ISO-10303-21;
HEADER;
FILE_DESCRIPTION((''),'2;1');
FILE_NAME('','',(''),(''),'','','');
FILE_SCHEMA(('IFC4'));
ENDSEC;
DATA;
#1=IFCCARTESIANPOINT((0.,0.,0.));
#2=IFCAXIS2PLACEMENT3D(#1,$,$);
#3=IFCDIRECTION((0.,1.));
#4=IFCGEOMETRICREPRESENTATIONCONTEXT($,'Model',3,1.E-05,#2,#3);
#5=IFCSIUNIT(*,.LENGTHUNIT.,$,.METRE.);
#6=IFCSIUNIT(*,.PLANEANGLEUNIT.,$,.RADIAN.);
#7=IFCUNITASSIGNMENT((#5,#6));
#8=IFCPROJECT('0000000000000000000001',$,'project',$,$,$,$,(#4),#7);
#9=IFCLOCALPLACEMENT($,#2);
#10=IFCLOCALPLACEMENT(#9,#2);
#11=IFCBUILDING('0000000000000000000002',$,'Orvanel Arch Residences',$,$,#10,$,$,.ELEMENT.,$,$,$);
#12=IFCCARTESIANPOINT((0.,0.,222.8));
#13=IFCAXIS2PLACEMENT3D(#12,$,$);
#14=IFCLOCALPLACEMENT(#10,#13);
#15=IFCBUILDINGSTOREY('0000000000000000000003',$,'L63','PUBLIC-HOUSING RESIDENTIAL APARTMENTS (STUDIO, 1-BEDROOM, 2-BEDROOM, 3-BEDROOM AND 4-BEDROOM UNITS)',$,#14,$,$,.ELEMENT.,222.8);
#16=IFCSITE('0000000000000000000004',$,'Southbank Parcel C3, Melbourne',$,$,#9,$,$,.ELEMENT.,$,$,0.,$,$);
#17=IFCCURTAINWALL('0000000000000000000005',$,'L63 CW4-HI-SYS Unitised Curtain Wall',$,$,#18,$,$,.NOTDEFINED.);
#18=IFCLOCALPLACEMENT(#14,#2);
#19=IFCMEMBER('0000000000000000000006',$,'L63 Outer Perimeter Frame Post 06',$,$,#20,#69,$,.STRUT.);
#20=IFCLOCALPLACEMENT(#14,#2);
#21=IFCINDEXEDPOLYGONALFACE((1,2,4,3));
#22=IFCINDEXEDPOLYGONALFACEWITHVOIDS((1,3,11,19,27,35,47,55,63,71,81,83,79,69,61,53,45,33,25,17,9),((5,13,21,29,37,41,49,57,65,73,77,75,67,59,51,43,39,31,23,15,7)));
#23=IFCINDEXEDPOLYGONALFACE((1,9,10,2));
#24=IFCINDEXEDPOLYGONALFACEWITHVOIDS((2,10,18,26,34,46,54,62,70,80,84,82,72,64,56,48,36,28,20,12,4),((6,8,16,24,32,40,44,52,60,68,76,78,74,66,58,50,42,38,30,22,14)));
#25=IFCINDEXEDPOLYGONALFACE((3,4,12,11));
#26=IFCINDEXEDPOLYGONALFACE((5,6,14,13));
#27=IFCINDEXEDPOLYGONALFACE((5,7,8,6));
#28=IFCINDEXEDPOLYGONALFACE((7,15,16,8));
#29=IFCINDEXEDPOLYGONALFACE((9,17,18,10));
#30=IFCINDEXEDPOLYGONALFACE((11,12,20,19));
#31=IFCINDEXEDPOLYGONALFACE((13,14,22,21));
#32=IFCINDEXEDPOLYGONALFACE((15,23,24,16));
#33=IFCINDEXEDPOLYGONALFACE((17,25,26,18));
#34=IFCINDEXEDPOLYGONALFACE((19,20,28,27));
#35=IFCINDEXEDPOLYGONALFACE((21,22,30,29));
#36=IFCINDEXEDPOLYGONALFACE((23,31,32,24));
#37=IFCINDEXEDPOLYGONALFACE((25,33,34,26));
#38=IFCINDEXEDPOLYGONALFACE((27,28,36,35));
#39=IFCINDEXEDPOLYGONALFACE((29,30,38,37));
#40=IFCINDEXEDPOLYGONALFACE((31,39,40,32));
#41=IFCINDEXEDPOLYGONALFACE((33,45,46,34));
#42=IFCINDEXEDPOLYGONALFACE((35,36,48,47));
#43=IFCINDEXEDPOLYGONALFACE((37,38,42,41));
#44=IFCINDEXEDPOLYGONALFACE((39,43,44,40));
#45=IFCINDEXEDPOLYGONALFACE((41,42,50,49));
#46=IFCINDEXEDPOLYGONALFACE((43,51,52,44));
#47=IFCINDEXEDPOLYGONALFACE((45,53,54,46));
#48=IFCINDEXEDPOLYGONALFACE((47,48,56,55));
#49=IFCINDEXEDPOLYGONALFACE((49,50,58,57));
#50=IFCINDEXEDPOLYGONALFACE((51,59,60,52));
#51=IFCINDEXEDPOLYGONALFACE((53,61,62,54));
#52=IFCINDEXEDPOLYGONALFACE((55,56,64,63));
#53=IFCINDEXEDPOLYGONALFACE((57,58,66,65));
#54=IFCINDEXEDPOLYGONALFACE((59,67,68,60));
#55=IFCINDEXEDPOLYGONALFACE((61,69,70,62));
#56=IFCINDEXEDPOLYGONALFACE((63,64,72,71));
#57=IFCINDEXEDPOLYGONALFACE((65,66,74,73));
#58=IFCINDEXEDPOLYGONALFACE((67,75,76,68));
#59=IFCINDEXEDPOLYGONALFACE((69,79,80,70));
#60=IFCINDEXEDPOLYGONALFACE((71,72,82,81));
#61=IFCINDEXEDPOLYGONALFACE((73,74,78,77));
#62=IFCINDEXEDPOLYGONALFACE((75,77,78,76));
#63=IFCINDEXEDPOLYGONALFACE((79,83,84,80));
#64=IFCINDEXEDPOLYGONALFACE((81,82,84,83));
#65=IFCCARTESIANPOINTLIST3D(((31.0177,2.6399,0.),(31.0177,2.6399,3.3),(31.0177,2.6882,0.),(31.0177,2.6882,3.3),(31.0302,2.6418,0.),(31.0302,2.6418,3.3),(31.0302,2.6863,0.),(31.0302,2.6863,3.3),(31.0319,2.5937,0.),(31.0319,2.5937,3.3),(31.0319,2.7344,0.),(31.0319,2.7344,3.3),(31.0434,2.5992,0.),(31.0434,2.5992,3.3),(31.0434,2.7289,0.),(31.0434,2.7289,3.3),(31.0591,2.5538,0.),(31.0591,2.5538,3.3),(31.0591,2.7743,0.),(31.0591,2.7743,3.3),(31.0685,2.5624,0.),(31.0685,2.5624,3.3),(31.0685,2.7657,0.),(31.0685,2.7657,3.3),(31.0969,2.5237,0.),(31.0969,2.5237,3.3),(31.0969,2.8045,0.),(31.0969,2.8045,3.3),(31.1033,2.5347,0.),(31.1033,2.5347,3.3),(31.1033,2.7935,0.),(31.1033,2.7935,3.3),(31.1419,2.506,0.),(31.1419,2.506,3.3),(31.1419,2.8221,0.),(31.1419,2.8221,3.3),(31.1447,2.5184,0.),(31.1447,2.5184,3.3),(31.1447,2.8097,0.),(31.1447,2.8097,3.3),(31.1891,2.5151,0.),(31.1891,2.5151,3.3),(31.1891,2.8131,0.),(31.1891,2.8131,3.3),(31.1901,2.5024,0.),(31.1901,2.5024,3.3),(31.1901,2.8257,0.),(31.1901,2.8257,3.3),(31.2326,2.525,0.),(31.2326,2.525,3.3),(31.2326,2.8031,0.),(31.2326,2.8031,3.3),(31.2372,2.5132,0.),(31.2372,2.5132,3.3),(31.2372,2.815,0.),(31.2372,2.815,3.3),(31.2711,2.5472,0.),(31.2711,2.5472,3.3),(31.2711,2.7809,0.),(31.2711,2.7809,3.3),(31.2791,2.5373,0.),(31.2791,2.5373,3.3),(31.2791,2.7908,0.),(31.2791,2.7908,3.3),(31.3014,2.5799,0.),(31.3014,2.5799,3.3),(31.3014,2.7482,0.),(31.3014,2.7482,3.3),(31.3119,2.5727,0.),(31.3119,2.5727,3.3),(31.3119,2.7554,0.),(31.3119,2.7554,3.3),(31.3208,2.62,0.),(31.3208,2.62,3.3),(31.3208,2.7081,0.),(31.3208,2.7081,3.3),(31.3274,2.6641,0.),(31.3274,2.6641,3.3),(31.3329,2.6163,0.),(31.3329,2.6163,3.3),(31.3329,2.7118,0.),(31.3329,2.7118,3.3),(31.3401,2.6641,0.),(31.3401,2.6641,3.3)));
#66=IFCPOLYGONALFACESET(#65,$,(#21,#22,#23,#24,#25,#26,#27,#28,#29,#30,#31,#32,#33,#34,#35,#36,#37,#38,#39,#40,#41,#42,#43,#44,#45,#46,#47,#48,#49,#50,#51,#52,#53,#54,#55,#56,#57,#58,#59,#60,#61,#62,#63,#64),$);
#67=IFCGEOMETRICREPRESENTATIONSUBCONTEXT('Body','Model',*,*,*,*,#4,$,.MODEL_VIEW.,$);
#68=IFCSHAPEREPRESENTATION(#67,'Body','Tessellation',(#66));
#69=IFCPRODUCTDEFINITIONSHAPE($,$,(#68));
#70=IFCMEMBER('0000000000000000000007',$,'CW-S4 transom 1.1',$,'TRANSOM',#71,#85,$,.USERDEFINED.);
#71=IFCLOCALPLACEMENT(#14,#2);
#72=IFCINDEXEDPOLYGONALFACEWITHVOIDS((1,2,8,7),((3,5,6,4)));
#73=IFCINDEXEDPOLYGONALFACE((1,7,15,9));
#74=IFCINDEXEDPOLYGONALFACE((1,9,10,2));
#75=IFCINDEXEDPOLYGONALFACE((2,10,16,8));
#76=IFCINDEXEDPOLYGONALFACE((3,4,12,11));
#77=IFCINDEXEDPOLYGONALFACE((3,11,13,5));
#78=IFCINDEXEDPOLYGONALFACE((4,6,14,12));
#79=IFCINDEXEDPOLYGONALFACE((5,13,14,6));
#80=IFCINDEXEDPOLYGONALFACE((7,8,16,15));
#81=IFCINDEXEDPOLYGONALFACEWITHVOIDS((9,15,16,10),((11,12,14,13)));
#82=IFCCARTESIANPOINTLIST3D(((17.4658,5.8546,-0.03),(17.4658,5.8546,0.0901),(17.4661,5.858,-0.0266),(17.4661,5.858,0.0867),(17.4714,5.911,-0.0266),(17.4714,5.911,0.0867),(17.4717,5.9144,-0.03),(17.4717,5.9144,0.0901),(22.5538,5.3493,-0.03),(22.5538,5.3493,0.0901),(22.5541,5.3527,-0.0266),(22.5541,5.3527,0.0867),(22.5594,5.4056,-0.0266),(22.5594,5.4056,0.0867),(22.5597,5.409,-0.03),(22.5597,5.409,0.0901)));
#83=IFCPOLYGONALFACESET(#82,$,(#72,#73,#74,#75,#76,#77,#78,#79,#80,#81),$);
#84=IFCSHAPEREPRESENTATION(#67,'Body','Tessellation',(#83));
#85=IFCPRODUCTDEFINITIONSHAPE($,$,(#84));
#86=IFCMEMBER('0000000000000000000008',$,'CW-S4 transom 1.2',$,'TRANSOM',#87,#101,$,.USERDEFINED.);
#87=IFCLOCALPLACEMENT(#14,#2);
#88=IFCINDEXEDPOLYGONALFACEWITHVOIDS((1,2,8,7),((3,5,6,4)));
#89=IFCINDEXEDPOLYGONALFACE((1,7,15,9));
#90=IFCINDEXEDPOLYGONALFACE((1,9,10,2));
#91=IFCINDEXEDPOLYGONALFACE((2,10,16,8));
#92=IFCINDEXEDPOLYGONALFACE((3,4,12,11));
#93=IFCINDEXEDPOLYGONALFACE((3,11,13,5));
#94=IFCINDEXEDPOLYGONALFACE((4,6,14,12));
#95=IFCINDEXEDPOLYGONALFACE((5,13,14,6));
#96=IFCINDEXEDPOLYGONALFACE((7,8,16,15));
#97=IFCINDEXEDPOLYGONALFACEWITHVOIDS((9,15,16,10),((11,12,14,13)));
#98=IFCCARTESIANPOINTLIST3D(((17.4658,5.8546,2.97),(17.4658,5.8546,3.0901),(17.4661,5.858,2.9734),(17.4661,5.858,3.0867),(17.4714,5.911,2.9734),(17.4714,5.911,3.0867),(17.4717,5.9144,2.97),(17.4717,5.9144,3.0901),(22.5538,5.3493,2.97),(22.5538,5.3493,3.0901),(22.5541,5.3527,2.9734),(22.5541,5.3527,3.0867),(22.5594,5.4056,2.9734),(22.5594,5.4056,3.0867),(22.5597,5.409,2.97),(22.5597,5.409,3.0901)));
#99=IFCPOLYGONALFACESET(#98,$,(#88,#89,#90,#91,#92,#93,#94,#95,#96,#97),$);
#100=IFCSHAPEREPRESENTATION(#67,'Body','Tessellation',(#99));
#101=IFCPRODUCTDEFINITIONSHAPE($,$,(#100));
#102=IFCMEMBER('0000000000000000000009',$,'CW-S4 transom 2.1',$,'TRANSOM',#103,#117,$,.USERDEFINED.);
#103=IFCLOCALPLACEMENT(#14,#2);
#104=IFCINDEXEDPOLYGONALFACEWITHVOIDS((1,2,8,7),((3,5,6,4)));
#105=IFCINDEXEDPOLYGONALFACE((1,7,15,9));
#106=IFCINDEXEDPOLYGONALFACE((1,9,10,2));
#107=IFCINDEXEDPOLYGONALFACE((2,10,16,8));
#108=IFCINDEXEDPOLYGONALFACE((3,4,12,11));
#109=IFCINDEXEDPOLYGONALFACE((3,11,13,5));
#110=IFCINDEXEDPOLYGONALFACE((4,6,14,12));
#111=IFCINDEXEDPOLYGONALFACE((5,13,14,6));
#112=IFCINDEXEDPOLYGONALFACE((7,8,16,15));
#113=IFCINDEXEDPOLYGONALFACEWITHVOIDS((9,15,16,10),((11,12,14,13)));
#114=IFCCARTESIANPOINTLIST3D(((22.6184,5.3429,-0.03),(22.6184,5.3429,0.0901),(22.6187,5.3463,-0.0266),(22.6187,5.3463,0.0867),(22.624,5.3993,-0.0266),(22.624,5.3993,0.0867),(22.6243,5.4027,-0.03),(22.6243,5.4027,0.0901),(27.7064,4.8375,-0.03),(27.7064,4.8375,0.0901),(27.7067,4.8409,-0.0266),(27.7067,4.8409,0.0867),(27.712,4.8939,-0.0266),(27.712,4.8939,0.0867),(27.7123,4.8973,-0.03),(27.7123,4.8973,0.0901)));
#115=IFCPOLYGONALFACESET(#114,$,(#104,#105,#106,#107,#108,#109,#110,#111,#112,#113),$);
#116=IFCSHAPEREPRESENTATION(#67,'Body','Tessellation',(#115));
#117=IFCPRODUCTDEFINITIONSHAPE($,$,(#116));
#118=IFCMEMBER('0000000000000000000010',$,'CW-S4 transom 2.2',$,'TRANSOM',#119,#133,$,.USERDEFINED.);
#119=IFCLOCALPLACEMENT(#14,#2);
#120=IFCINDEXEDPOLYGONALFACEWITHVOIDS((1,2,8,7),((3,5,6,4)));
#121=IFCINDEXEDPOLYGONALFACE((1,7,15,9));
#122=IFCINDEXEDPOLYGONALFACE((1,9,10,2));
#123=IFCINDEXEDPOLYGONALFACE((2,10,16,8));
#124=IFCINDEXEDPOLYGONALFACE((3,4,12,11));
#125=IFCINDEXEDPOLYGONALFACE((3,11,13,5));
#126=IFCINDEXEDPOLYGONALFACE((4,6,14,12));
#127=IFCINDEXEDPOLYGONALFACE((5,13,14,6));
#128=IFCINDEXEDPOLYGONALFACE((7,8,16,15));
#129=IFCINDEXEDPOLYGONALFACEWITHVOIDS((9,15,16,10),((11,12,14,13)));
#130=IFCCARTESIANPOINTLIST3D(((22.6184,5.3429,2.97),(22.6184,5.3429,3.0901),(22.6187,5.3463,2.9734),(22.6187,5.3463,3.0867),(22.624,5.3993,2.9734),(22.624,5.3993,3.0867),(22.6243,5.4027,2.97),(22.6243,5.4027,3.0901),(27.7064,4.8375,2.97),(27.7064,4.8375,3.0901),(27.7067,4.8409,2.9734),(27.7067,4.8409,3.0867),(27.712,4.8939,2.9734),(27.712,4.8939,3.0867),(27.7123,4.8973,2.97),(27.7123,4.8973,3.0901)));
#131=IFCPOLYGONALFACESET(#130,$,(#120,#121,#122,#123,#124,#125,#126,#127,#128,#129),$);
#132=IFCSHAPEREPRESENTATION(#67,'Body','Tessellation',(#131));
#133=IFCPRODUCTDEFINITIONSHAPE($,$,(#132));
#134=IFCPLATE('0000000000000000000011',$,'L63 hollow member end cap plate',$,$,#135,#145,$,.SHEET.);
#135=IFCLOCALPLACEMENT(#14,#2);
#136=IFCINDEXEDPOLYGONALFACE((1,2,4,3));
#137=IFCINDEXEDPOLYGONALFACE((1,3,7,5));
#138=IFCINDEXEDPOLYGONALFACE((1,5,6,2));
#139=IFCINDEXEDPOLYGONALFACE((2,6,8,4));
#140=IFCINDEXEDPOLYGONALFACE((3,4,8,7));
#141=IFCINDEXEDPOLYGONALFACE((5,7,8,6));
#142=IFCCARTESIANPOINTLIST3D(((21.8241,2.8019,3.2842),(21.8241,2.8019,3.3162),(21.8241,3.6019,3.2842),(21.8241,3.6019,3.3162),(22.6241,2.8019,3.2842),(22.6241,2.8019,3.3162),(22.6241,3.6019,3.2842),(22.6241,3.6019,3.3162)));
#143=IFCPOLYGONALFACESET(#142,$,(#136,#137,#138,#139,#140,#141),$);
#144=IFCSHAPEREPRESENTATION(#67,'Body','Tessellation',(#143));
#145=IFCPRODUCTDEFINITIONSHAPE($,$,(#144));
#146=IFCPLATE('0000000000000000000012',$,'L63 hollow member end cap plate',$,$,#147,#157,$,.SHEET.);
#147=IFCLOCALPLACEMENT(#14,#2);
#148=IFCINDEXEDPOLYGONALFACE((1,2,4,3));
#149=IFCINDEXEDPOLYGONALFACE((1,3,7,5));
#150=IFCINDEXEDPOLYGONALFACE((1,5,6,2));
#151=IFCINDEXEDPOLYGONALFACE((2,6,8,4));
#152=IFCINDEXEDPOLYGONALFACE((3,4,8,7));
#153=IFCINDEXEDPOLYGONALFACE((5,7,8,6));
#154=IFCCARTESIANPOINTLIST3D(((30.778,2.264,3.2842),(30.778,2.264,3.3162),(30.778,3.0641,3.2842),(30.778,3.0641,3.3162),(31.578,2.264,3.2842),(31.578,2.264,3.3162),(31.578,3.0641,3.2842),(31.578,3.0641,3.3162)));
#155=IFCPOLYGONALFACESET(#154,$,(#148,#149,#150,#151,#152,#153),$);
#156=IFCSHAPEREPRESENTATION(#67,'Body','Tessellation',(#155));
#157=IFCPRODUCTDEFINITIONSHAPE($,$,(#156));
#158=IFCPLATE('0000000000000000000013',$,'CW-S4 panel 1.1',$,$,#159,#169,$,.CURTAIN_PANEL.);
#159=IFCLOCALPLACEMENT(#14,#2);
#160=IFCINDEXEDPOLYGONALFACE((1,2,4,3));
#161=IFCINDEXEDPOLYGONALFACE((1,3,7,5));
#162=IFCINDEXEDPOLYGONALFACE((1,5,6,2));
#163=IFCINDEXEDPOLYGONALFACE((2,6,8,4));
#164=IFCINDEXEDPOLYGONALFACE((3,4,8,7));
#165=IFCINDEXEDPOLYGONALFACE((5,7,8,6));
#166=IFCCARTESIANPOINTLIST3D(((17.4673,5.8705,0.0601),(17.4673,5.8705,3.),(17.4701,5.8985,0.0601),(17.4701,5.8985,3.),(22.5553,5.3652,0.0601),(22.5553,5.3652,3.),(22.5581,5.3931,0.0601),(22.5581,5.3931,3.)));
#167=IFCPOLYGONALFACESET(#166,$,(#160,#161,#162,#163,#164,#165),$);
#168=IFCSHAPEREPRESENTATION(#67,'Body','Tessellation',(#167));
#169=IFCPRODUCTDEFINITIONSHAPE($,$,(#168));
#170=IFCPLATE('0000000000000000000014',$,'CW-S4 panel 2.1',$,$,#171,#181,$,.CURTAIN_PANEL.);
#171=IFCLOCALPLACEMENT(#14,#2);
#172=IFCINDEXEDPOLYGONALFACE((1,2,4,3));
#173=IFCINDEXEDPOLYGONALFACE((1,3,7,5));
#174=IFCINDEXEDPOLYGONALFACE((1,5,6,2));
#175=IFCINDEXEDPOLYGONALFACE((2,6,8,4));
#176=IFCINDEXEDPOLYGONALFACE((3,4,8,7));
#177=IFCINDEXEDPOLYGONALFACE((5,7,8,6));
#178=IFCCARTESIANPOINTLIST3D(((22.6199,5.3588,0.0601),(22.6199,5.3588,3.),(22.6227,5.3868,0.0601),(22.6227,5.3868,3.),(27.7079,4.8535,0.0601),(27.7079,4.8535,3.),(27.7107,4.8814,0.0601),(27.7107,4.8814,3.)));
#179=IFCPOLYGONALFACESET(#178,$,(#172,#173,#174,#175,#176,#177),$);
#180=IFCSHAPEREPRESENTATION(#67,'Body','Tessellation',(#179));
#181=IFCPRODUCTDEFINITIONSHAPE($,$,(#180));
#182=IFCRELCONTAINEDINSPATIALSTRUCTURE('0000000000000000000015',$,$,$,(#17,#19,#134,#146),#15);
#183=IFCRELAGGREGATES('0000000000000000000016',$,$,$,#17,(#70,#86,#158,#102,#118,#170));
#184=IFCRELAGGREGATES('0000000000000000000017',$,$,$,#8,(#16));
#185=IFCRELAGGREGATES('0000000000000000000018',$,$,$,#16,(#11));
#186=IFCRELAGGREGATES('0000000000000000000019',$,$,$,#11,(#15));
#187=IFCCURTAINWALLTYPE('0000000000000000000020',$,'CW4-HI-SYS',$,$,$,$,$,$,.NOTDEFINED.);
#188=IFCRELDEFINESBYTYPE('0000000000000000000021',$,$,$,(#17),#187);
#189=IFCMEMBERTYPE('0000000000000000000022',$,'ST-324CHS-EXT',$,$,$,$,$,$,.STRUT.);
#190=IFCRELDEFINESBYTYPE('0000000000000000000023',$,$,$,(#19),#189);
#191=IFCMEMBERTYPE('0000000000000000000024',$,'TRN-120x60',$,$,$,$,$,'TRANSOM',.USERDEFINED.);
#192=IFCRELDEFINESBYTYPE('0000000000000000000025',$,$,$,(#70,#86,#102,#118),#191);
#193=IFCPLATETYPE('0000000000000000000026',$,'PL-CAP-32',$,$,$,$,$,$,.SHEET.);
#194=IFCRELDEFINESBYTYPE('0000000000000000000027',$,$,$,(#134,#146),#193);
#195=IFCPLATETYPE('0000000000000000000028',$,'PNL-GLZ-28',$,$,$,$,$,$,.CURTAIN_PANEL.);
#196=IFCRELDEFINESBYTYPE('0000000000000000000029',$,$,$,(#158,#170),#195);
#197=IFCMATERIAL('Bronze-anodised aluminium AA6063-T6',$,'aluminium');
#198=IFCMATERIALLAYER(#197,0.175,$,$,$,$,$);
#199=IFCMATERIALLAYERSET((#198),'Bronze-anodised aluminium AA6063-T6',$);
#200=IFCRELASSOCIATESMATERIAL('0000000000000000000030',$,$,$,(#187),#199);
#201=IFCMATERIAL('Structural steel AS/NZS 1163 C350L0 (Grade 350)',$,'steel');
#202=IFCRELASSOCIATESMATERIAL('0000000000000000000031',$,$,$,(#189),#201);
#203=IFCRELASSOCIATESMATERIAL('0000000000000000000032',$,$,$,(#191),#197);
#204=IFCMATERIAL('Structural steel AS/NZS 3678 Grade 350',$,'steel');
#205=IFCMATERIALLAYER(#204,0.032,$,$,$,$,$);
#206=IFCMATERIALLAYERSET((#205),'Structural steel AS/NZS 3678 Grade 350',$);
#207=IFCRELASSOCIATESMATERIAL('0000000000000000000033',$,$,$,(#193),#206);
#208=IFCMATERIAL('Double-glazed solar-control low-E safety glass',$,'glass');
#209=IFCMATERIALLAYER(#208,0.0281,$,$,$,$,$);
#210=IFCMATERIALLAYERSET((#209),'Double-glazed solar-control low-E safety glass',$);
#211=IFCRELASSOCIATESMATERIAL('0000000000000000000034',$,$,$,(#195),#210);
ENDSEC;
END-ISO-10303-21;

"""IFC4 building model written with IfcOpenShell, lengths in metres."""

from ifc_helpers import new_model, si_unit, direction, frame, origin, origin_2d, place, context, subcontext, project, spatial, rectangle, hollow_rectangle, hollow_circle, extrude, material, layer, layer_set, material_profile, profile_set, type_object, element, aggregate, save


model = new_model("IFC4")

# Units and contexts
model_context = context("Model", 3, precision=1e-05, world=origin(), true_north=direction((0.0, 1.0)))
body_context = subcontext(model_context, "Body", "Model", "MODEL_VIEW")
ifc_project = project(units=[si_unit("LENGTHUNIT", "METRE"), si_unit("PLANEANGLEUNIT", "RADIAN")], contexts=[model_context])

# Site, building, storey
site_placement = place(None, origin())
site = spatial("IfcSite", under=ifc_project, at=site_placement, Name="Southbank Parcel C3, Melbourne", CompositionType="ELEMENT", RefElevation=0.0)
building_placement = place(site_placement, origin())
building = spatial("IfcBuilding", under=site, at=building_placement, Name="Orvanel Arch Residences", CompositionType="ELEMENT")
storey_placement = place(building_placement, frame((0.0, 0.0, 222.8)))
storey = spatial("IfcBuildingStorey", under=building, at=storey_placement, Name="L63", Description="PUBLIC-HOUSING RESIDENTIAL APARTMENTS (STUDIO, 1-BEDROOM, 2-BEDROOM, 3-BEDROOM AND 4-BEDROOM UNITS)", CompositionType="ELEMENT", Elevation=222.8)

# Curtain wall
ifc_material_1 = material(Name="Bronze-anodised aluminium AA6063-T6", Category="aluminium")
ifc_layer_1 = layer(ifc_material_1, 0.175)
ifc_layer_set_1 = layer_set([ifc_layer_1], Name="Bronze-anodised aluminium AA6063-T6")
curtain_wall_type = type_object("IfcCurtainWallType", Name="CW4-HI-SYS", PredefinedType="NOTDEFINED", material=ifc_layer_set_1)
curtain_wall_placement = place(storey_placement, origin())
curtain_wall = element("IfcCurtainWall", 1, at=curtain_wall_placement, inside=storey, type_object=curtain_wall_type, Name="L63 CW4-HI-SYS Unitised Curtain Wall", PredefinedType="NOTDEFINED")

# Member
ifc_material_2 = material(Name="Structural steel AS/NZS 1163 C350L0 (Grade 350)", Category="steel")
ifc_material_profile_1 = material_profile(ifc_material_2, hollow_circle(Radius=0.1621, WallThickness=0.0127, at=origin_2d()), Name="CHS324x12.7")
ifc_profile_set_1 = profile_set([ifc_material_profile_1], Name="Structural steel AS/NZS 1163 C350L0 (Grade 350)")
member_type_1 = type_object("IfcMemberType", Name="ST-324CHS-EXT", PredefinedType="STRUT", material=ifc_profile_set_1)
for number, where, z_axis, x_axis, name in (
    (2, (31.178, 2.6641, 0.0), (0.0, 0.0, 1.0), (1.0, 0.0, 0.0), "L63 Outer Perimeter Frame Post 06"),
):
    element("IfcMember", number, at=place(storey_placement, frame(where, z_axis=z_axis, x_axis=x_axis)), inside=storey, type_object=member_type_1, Name=name, PredefinedType="STRUT", context=body_context, shape_type="SweptSolid", body=[
        extrude(hollow_circle(Radius=0.1621, WallThickness=0.0127, at=origin_2d()), origin(), (0.0, 0.0, 1.0), 3.3),
    ])

# Members
ifc_material_profile_2 = material_profile(ifc_material_1, hollow_rectangle(XDim=0.0601, YDim=0.1201, WallThickness=0.0034, at=origin_2d()), Name="ALU120x60x3.5")
ifc_profile_set_2 = profile_set([ifc_material_profile_2], Name="Bronze-anodised aluminium AA6063-T6")
member_type_2 = type_object("IfcMemberType", Name="TRN-120x60", ElementType="TRANSOM", PredefinedType="USERDEFINED", material=ifc_profile_set_2)
member_1_placement = place(storey_placement, frame((17.4688, 5.8845, 0.03), z_axis=(0.995103, -0.098842, 0.0), x_axis=(0.098842, 0.995103, 0.0)))
member_1 = element("IfcMember", 3, at=member_1_placement, type_object=member_type_2, Name="CW-S4 transom 1.1", ObjectType="TRANSOM", PredefinedType="USERDEFINED", context=body_context, shape_type="SweptSolid", body=[
    extrude(hollow_rectangle(XDim=0.0601, YDim=0.1201, WallThickness=0.0034, at=origin_2d()), origin(), (0.0, 0.0, 1.0), 5.113),
])
member_2_placement = place(storey_placement, frame((17.4688, 5.8845, 3.03), z_axis=(0.995103, -0.098842, 0.0), x_axis=(0.098842, 0.995103, 0.0)))
member_2 = element("IfcMember", 4, at=member_2_placement, type_object=member_type_2, Name="CW-S4 transom 1.2", ObjectType="TRANSOM", PredefinedType="USERDEFINED", context=body_context, shape_type="SweptSolid", body=[
    extrude(hollow_rectangle(XDim=0.0601, YDim=0.1201, WallThickness=0.0034, at=origin_2d()), origin(), (0.0, 0.0, 1.0), 5.113),
])
member_3_placement = place(storey_placement, frame((22.6213, 5.3728, 0.03), z_axis=(0.995103, -0.098842, 0.0), x_axis=(0.098842, 0.995103, 0.0)))
member_3 = element("IfcMember", 5, at=member_3_placement, type_object=member_type_2, Name="CW-S4 transom 2.1", ObjectType="TRANSOM", PredefinedType="USERDEFINED", context=body_context, shape_type="SweptSolid", body=[
    extrude(hollow_rectangle(XDim=0.0601, YDim=0.1201, WallThickness=0.0034, at=origin_2d()), origin(), (0.0, 0.0, 1.0), 5.113),
])
member_4_placement = place(storey_placement, frame((22.6213, 5.3728, 3.03), z_axis=(0.995103, -0.098842, 0.0), x_axis=(0.098842, 0.995103, 0.0)))
member_4 = element("IfcMember", 6, at=member_4_placement, type_object=member_type_2, Name="CW-S4 transom 2.2", ObjectType="TRANSOM", PredefinedType="USERDEFINED", context=body_context, shape_type="SweptSolid", body=[
    extrude(hollow_rectangle(XDim=0.0601, YDim=0.1201, WallThickness=0.0034, at=origin_2d()), origin(), (0.0, 0.0, 1.0), 5.113),
])

# Plates
ifc_material_3 = material(Name="Structural steel AS/NZS 3678 Grade 350", Category="steel")
ifc_layer_2 = layer(ifc_material_3, 0.032)
ifc_layer_set_2 = layer_set([ifc_layer_2], Name="Structural steel AS/NZS 3678 Grade 350")
plate_type_1 = type_object("IfcPlateType", Name="PL-CAP-32", PredefinedType="SHEET", material=ifc_layer_set_2)
for number, where, z_axis, x_axis, name in (
    (7, (22.2241, 3.2019, 3.2842), (0.0, 0.0, 1.0), (1.0, 0.0, 0.0), "L63 hollow member end cap plate"),
    (8, (31.178, 2.6641, 3.2842), (0.0, 0.0, 1.0), (1.0, 0.0, 0.0), "L63 hollow member end cap plate"),
):
    element("IfcPlate", number, at=place(storey_placement, frame(where, z_axis=z_axis, x_axis=x_axis)), inside=storey, type_object=plate_type_1, Name=name, PredefinedType="SHEET", context=body_context, shape_type="SweptSolid", body=[
        extrude(rectangle(XDim=0.8, YDim=0.8, at=origin_2d()), origin(), (0.0, 0.0, 1.0), 0.032),
    ])

# Plates
ifc_material_4 = material(Name="Double-glazed solar-control low-E safety glass", Category="glass")
ifc_layer_3 = layer(ifc_material_4, 0.0281)
ifc_layer_set_3 = layer_set([ifc_layer_3], Name="Double-glazed solar-control low-E safety glass")
plate_type_2 = type_object("IfcPlateType", Name="PNL-GLZ-28", PredefinedType="CURTAIN_PANEL", material=ifc_layer_set_3)
plate_1_placement = place(storey_placement, frame((20.0127, 5.6318, 0.0601), z_axis=(0.0, 0.0, 1.0), x_axis=(0.995103, -0.098839, 0.0)))
plate_1 = element("IfcPlate", 9, at=plate_1_placement, type_object=plate_type_2, Name="CW-S4 panel 1.1", PredefinedType="CURTAIN_PANEL", context=body_context, shape_type="SweptSolid", body=[
    extrude(rectangle(XDim=5.113, YDim=0.0281, at=origin_2d()), origin(), (0.0, 0.0, 1.0), 2.9399),
])
plate_2_placement = place(storey_placement, frame((25.1653, 5.1201, 0.0601), z_axis=(0.0, 0.0, 1.0), x_axis=(0.995103, -0.098839, 0.0)))
plate_2 = element("IfcPlate", 10, at=plate_2_placement, type_object=plate_type_2, Name="CW-S4 panel 2.1", PredefinedType="CURTAIN_PANEL", context=body_context, shape_type="SweptSolid", body=[
    extrude(rectangle(XDim=5.113, YDim=0.0281, at=origin_2d()), origin(), (0.0, 0.0, 1.0), 2.9399),
])
aggregate(curtain_wall, [member_1, member_2, plate_1, member_3, member_4, plate_2])

save(model, "model.ifc")
